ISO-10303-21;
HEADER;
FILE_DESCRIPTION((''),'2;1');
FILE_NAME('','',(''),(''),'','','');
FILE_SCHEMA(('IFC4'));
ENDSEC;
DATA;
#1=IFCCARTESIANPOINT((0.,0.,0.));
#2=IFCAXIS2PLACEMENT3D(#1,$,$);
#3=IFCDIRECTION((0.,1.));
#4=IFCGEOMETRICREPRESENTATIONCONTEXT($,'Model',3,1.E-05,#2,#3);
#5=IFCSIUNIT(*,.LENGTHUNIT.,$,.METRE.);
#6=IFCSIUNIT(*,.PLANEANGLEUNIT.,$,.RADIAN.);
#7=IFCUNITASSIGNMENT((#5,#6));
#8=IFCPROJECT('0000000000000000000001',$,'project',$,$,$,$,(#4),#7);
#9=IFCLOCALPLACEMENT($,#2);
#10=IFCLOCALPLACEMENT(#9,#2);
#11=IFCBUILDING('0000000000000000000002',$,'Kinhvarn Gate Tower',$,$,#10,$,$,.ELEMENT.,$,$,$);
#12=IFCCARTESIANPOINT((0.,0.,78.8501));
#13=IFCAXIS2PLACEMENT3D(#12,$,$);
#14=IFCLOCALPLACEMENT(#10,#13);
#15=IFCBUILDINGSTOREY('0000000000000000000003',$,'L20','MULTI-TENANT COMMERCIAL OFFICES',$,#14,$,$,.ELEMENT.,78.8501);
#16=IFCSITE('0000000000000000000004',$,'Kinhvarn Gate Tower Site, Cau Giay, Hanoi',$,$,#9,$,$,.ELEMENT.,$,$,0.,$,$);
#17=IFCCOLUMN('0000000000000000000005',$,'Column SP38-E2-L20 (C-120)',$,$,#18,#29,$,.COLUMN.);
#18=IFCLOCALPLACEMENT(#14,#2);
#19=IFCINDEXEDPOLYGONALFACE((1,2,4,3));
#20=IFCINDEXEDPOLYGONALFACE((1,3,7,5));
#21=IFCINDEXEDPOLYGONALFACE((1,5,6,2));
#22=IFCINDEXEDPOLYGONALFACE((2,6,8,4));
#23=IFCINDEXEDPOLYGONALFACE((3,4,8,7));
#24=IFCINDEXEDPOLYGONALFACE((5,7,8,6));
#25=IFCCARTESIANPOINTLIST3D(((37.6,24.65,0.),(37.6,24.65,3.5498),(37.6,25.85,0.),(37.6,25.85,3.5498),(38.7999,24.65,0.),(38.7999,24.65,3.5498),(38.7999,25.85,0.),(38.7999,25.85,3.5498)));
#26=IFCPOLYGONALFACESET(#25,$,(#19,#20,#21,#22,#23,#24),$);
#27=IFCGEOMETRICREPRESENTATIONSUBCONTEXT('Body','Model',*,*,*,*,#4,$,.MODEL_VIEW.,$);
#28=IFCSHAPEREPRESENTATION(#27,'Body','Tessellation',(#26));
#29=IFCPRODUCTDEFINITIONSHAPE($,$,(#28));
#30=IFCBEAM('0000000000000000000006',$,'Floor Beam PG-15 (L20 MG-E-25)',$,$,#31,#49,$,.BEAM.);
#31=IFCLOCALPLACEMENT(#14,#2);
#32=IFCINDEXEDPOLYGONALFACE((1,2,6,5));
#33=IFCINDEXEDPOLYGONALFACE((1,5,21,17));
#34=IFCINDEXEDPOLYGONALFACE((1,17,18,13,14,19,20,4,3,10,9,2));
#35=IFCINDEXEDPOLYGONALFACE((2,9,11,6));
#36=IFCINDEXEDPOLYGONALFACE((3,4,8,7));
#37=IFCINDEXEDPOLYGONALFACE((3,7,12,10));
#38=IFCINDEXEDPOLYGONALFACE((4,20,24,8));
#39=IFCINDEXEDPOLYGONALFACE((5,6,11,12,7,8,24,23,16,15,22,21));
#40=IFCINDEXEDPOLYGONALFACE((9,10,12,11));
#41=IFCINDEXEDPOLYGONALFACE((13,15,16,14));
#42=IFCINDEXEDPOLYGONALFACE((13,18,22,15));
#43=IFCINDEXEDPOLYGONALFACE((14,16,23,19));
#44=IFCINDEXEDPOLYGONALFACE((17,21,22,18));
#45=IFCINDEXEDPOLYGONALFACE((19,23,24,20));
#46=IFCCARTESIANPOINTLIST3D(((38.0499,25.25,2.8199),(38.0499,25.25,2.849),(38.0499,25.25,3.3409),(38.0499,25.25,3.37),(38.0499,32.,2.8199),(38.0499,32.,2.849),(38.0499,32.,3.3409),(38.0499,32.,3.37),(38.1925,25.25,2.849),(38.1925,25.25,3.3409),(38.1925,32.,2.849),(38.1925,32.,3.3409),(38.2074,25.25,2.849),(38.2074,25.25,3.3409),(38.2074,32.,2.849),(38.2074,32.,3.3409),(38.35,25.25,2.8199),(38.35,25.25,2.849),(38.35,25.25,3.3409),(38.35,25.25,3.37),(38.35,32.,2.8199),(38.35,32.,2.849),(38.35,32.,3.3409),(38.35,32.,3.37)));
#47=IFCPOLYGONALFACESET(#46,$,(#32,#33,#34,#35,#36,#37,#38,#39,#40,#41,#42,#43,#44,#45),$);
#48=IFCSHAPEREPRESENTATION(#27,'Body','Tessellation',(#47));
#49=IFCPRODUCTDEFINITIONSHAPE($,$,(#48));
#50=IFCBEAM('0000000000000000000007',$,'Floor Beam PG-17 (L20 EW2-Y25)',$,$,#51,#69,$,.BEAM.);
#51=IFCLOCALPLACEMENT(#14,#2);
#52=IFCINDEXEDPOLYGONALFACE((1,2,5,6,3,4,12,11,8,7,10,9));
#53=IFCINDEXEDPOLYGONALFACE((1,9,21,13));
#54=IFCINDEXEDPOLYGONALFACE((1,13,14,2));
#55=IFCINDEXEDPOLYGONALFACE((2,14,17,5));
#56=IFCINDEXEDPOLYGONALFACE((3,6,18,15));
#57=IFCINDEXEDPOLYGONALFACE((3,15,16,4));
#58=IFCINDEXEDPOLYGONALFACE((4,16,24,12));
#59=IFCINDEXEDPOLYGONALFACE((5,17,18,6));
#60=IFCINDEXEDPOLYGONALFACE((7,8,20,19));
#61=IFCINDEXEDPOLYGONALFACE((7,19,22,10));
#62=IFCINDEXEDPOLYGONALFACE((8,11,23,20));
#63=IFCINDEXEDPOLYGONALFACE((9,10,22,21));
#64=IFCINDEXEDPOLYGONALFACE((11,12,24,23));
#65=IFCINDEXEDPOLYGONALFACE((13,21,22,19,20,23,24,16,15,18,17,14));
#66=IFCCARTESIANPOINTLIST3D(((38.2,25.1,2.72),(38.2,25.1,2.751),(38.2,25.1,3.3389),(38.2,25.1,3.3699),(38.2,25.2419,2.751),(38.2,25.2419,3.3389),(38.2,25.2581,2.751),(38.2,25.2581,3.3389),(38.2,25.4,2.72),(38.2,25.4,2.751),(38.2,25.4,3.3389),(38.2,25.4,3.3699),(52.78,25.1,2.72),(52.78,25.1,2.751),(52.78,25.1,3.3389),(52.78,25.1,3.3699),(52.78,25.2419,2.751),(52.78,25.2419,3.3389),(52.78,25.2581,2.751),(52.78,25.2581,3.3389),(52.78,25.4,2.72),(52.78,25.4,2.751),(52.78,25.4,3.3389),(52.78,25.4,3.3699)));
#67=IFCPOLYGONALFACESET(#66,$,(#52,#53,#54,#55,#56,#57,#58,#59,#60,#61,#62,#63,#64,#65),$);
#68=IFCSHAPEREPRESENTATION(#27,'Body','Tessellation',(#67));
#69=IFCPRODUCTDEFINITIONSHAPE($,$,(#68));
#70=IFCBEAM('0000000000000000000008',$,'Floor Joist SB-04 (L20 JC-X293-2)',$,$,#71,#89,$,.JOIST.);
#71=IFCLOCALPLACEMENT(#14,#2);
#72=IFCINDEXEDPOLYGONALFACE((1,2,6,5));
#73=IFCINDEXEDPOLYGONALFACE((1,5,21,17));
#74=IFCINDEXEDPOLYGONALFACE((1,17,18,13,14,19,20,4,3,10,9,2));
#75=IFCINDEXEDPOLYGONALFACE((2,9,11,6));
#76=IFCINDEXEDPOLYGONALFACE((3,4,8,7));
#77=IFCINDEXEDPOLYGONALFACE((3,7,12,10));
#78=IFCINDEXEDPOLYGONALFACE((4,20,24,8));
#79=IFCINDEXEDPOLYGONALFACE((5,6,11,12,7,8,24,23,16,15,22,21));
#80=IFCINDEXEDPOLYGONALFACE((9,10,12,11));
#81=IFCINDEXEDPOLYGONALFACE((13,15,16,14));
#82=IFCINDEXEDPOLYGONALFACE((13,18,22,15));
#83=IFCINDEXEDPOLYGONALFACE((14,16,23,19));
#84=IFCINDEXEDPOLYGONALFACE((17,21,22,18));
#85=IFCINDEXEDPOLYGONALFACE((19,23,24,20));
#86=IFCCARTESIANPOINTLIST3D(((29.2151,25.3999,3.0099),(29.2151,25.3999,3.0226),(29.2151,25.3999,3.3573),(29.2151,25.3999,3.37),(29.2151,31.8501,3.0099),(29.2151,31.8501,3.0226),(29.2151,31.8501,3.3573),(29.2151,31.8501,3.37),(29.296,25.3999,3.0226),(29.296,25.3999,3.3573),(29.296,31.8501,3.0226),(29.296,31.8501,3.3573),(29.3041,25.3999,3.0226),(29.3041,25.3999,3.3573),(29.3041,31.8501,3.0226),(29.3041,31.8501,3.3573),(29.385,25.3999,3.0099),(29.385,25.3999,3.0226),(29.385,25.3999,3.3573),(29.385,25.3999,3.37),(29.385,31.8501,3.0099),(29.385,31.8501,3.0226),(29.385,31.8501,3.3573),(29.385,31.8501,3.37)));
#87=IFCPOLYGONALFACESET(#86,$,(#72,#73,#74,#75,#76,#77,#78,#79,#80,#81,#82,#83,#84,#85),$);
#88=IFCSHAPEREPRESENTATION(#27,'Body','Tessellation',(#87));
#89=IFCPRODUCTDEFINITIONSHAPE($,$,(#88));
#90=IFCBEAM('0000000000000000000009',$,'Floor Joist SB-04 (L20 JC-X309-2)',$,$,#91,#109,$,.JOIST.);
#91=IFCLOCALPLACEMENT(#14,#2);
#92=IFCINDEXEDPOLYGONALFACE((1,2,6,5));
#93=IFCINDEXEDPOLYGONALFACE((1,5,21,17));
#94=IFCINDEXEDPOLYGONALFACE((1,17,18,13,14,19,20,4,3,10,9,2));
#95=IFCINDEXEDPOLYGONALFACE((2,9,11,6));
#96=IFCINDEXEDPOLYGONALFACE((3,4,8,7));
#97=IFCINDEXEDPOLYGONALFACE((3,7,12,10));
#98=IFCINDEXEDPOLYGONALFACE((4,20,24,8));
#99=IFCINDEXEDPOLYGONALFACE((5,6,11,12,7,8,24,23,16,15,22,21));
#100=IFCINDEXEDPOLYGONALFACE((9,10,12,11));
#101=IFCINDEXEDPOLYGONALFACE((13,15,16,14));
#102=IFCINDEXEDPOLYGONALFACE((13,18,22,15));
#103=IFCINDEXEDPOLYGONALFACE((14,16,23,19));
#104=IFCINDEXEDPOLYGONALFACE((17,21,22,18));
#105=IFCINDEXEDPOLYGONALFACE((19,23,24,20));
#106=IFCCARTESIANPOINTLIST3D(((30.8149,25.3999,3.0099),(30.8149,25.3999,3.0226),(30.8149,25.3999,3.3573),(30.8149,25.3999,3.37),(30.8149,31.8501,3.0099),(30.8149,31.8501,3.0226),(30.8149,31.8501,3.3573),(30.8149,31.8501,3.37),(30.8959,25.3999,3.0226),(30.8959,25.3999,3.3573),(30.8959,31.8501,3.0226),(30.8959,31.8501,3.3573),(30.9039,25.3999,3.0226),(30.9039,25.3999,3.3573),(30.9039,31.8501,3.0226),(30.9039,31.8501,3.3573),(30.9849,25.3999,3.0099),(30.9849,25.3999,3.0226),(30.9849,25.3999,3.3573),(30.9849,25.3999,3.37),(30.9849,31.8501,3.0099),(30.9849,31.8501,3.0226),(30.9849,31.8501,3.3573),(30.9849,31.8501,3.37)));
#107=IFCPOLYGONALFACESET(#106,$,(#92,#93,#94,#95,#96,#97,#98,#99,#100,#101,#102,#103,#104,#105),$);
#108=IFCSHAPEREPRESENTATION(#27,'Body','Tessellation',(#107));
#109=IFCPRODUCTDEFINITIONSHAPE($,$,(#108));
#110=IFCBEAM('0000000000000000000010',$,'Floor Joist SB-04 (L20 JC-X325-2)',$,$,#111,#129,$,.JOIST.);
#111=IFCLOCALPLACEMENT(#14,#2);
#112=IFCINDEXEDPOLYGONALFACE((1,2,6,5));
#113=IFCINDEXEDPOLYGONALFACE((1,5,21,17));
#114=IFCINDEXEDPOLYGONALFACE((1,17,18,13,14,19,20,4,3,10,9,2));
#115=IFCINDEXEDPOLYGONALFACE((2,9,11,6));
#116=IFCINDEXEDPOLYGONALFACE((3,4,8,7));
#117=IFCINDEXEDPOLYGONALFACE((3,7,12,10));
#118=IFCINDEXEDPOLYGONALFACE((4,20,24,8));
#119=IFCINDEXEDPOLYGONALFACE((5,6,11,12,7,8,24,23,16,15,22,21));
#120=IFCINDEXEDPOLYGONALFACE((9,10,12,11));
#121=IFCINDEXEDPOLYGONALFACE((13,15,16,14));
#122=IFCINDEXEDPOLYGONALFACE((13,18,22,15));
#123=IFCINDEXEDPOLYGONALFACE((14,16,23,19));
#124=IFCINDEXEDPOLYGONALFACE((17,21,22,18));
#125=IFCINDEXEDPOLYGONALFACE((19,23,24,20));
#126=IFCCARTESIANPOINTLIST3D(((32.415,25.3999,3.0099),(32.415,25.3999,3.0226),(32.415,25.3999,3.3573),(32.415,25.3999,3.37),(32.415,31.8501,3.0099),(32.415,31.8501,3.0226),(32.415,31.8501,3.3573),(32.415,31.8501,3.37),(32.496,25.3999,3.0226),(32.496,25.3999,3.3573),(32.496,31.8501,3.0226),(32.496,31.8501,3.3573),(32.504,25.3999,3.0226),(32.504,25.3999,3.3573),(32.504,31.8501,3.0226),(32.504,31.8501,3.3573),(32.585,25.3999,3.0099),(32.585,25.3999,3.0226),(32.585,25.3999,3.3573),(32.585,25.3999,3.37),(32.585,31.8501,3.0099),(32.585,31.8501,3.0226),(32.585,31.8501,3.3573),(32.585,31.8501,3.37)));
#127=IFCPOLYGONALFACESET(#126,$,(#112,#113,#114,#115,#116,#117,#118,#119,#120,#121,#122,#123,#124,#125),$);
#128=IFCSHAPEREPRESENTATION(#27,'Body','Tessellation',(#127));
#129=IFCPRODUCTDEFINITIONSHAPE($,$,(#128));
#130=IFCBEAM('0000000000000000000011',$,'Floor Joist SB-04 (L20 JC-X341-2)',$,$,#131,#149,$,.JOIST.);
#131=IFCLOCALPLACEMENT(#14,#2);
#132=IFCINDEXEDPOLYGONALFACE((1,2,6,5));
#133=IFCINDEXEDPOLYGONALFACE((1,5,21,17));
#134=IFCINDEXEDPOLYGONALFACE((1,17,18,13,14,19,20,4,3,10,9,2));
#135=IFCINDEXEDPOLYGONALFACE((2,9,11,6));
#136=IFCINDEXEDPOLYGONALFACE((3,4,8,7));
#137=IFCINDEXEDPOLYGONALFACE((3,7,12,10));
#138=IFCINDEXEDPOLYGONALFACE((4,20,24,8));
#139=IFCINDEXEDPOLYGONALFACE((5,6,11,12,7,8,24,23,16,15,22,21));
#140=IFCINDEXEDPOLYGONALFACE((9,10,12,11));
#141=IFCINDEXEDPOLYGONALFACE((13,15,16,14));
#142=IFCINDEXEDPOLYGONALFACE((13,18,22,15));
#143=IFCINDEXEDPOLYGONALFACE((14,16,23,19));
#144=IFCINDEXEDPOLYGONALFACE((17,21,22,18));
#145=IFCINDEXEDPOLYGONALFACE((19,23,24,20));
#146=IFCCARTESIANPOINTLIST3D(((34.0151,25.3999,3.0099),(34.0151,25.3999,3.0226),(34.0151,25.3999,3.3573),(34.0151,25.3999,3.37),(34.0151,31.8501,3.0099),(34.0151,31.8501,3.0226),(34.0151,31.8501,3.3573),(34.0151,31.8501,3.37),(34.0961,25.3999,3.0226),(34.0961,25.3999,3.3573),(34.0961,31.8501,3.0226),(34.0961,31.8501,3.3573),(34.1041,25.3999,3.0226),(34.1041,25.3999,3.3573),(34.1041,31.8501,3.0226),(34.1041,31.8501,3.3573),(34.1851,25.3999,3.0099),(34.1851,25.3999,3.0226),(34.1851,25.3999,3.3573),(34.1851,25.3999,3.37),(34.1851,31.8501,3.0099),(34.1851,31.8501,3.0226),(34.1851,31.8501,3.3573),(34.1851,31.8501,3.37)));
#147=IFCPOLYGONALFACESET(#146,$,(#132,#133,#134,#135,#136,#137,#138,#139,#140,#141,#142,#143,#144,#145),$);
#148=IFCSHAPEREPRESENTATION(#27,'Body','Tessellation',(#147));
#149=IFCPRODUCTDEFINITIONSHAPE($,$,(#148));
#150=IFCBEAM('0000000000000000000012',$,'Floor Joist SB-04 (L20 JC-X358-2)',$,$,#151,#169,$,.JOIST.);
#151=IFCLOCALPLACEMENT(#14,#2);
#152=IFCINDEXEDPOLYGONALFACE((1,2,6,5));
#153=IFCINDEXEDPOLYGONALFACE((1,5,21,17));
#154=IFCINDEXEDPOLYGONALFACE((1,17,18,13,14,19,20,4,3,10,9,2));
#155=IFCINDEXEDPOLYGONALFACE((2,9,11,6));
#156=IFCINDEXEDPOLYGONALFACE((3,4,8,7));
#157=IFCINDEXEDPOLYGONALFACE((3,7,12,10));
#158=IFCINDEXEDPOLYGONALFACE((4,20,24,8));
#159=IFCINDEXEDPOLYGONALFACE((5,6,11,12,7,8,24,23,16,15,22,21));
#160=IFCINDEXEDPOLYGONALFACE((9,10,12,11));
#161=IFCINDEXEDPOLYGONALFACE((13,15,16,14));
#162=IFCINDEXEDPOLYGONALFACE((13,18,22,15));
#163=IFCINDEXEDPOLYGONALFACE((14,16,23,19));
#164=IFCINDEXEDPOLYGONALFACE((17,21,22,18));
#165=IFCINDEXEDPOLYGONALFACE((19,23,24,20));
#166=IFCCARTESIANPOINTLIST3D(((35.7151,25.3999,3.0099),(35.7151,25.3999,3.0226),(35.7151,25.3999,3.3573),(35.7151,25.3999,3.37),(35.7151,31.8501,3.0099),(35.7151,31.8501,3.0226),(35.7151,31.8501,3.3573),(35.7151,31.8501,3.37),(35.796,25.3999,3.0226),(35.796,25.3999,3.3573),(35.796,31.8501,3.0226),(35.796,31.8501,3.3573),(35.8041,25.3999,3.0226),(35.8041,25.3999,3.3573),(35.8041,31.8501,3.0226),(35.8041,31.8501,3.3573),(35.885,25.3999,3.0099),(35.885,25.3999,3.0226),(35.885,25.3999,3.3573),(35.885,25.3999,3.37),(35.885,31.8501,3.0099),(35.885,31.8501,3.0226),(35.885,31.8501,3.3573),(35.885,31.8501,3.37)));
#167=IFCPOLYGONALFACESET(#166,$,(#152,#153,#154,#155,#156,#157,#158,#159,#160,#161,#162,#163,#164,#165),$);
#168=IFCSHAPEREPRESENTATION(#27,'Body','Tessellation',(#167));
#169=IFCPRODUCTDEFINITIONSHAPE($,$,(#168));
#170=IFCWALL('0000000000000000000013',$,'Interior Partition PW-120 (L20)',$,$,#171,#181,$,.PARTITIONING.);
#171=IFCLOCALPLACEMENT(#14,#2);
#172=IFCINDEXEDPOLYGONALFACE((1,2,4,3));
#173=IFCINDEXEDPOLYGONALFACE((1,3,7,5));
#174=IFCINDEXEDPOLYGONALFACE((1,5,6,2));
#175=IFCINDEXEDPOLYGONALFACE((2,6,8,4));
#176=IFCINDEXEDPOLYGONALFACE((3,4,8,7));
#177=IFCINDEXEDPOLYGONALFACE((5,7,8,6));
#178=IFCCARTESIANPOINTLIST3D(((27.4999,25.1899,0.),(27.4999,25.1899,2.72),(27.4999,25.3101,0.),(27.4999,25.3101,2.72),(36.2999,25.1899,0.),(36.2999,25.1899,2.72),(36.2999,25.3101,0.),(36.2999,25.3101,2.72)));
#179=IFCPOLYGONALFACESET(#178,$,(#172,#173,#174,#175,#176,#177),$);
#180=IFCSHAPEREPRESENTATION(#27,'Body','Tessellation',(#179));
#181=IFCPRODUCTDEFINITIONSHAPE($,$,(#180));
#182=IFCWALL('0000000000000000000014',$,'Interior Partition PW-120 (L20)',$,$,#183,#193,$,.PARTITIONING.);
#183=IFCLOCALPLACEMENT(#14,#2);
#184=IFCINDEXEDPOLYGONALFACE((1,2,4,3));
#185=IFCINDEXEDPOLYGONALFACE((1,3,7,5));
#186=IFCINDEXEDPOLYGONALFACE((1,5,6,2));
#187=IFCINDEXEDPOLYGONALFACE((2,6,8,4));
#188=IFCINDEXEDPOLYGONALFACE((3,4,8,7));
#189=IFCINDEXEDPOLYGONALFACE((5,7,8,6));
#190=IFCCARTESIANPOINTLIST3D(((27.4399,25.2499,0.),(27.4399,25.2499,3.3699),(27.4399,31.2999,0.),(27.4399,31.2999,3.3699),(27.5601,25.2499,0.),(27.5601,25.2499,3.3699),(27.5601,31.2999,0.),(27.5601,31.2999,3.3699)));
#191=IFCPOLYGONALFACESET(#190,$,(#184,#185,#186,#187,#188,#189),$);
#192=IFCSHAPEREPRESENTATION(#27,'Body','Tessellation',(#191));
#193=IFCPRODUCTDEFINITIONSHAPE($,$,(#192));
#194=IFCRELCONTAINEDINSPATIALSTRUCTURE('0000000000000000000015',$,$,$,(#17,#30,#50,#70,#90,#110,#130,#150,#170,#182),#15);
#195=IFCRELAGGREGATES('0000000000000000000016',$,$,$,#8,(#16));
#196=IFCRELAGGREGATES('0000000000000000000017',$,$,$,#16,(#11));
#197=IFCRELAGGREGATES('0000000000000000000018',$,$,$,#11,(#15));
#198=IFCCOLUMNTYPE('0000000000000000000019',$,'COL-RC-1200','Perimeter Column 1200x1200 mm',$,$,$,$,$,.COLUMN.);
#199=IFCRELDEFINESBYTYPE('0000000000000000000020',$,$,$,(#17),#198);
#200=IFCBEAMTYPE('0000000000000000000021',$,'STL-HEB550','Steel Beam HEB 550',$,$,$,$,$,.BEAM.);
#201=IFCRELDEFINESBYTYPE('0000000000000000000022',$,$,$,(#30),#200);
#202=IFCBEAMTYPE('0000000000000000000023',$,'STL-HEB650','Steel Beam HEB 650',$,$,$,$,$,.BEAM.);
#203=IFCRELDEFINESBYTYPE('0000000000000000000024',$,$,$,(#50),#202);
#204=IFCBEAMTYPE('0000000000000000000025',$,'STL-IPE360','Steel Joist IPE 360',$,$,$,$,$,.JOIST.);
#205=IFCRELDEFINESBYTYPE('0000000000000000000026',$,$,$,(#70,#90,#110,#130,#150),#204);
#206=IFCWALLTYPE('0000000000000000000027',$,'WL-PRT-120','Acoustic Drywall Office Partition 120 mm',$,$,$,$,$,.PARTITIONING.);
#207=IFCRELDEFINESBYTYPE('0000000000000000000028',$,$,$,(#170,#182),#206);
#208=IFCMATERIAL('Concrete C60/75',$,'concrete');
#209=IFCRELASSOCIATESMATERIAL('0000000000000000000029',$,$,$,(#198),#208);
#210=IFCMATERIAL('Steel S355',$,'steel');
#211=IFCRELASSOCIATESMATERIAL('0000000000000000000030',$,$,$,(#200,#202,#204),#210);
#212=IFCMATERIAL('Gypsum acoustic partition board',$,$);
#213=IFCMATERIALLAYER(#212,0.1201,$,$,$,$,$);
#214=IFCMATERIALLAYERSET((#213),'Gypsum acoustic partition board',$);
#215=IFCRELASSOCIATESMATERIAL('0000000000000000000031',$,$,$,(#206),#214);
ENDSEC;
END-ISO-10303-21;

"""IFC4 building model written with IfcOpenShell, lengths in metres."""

from ifc_helpers import new_model, si_unit, direction, frame, frame_2d, origin, origin_2d, place, context, subcontext, project, spatial, rectangle, i_section, extrude, material, layer, layer_set, material_profile, profile_set, type_object, element, save


model = new_model("IFC4")

# Units and contexts
model_context = context("Model", 3, precision=1e-05, world=origin(), true_north=direction((0.0, 1.0)))
body_context = subcontext(model_context, "Body", "Model", "MODEL_VIEW")
ifc_project = project(units=[si_unit("LENGTHUNIT", "METRE"), si_unit("PLANEANGLEUNIT", "RADIAN")], contexts=[model_context])

# Site, building, storey
site_placement = place(None, origin())
site = spatial("IfcSite", under=ifc_project, at=site_placement, Name="Kinhvarn Gate Tower Site, Cau Giay, Hanoi", CompositionType="ELEMENT", RefElevation=0.0)
building_placement = place(site_placement, origin())
building = spatial("IfcBuilding", under=site, at=building_placement, Name="Kinhvarn Gate Tower", CompositionType="ELEMENT")
storey_placement = place(building_placement, frame((0.0, 0.0, 78.8501)))
storey = spatial("IfcBuildingStorey", under=building, at=storey_placement, Name="L20", Description="MULTI-TENANT COMMERCIAL OFFICES", CompositionType="ELEMENT", Elevation=78.8501)

# Column
ifc_material_1 = material(Name="Concrete C60/75", Category="concrete")
ifc_material_profile_1 = material_profile(ifc_material_1, rectangle(XDim=1.2, YDim=1.2, at=origin_2d()), Name="RC 1200x1200")
ifc_profile_set_1 = profile_set([ifc_material_profile_1], Name="Concrete C60/75")
column_type = type_object("IfcColumnType", Name="COL-RC-1200", Description="Perimeter Column 1200x1200 mm", PredefinedType="COLUMN", material=ifc_profile_set_1)
column_placement = place(storey_placement, frame((38.2, 25.25, 0.0), z_axis=(0.0, 0.0, 1.0), x_axis=(1.0, 0.0, 0.0)))
element("IfcColumn", 1, at=column_placement, inside=storey, type_object=column_type, Name="Column SP38-E2-L20 (C-120)", PredefinedType="COLUMN", context=body_context, shape_type="SweptSolid", body=[
    extrude(rectangle(XDim=1.2, YDim=1.2, at=origin_2d()), origin(), (0.0, 0.0, 1.0), 3.5498),
])

# Beams
ifc_material_2 = material(Name="Steel S355", Category="steel")
ifc_material_profile_2 = material_profile(ifc_material_2, i_section(OverallWidth=0.3, OverallDepth=0.55, WebThickness=0.0149, FlangeThickness=0.0291, at=origin_2d()), Name="HEB 550")
ifc_profile_set_2 = profile_set([ifc_material_profile_2], Name="Steel S355")
beam_type_1 = type_object("IfcBeamType", Name="STL-HEB550", Description="Steel Beam HEB 550", PredefinedType="BEAM", material=ifc_profile_set_2)
beam_1_placement = place(storey_placement, frame((38.2, 25.25, 3.095), z_axis=(0.0, 1.0, 0.0), x_axis=(-1.0, 0.0, 0.0)))
element("IfcBeam", 2, at=beam_1_placement, inside=storey, type_object=beam_type_1, Name="Floor Beam PG-15 (L20 MG-E-25)", PredefinedType="BEAM", context=body_context, shape_type="SweptSolid", body=[
    extrude(i_section(OverallWidth=0.3, OverallDepth=0.55, WebThickness=0.0149, FlangeThickness=0.0291, at=origin_2d()), origin(), (0.0, 0.0, 1.0), 6.75),
])
ifc_material_profile_3 = material_profile(ifc_material_2, i_section(OverallWidth=0.3, OverallDepth=0.6499, WebThickness=0.0161, FlangeThickness=0.031, at=origin_2d()), Name="HEB 650")
ifc_profile_set_3 = profile_set([ifc_material_profile_3], Name="Steel S355")
beam_type_2 = type_object("IfcBeamType", Name="STL-HEB650", Description="Steel Beam HEB 650", PredefinedType="BEAM", material=ifc_profile_set_3)
beam_2_placement = place(storey_placement, frame((38.2, 25.25, 3.0449), z_axis=(1.0, 0.0, 0.0), x_axis=(0.0, 1.0, 0.0)))
element("IfcBeam", 3, at=beam_2_placement, inside=storey, type_object=beam_type_2, Name="Floor Beam PG-17 (L20 EW2-Y25)", PredefinedType="BEAM", context=body_context, shape_type="SweptSolid", body=[
    extrude(i_section(OverallWidth=0.3, OverallDepth=0.6499, WebThickness=0.0161, FlangeThickness=0.031, at=origin_2d()), origin(), (0.0, 0.0, 1.0), 14.5801),
])
ifc_material_profile_4 = material_profile(ifc_material_2, i_section(OverallWidth=0.1699, OverallDepth=0.3601, WebThickness=0.0081, FlangeThickness=0.0127, at=origin_2d()), Name="IPE 360")
ifc_profile_set_4 = profile_set([ifc_material_profile_4], Name="Steel S355")
beam_type_3 = type_object("IfcBeamType", Name="STL-IPE360", Description="Steel Joist IPE 360", PredefinedType="JOIST", material=ifc_profile_set_4)
for number, where, z_axis, x_axis, name in (
    (4, (29.3, 25.3999, 3.1899), (0.0, 1.0, 0.0), (-1.0, 0.0, 0.0), "Floor Joist SB-04 (L20 JC-X293-2)"),
    (5, (30.8999, 25.3999, 3.1899), (0.0, 1.0, 0.0), (-1.0, 0.0, 0.0), "Floor Joist SB-04 (L20 JC-X309-2)"),
    (6, (32.5, 25.3999, 3.1899), (0.0, 1.0, 0.0), (-1.0, 0.0, 0.0), "Floor Joist SB-04 (L20 JC-X325-2)"),
    (7, (34.1001, 25.3999, 3.1899), (0.0, 1.0, 0.0), (-1.0, 0.0, 0.0), "Floor Joist SB-04 (L20 JC-X341-2)"),
    (8, (35.8, 25.3999, 3.1899), (0.0, 1.0, 0.0), (-1.0, 0.0, 0.0), "Floor Joist SB-04 (L20 JC-X358-2)"),
):
    element("IfcBeam", number, at=place(storey_placement, frame(where, z_axis=z_axis, x_axis=x_axis)), inside=storey, type_object=beam_type_3, Name=name, PredefinedType="JOIST", context=body_context, shape_type="SweptSolid", body=[
        extrude(i_section(OverallWidth=0.1699, OverallDepth=0.3601, WebThickness=0.0081, FlangeThickness=0.0127, at=origin_2d()), origin(), (0.0, 0.0, 1.0), 6.4502),
    ])

# Walls
ifc_material_3 = material(Name="Gypsum acoustic partition board")
ifc_layer_1 = layer(ifc_material_3, 0.1201)
ifc_layer_set_1 = layer_set([ifc_layer_1], Name="Gypsum acoustic partition board")
wall_type_1 = type_object("IfcWallType", Name="WL-PRT-120", Description="Acoustic Drywall Office Partition 120 mm", PredefinedType="PARTITIONING", material=ifc_layer_set_1)
wall_1_placement = place(storey_placement, frame((27.5, 25.25, 0.0), z_axis=(0.0, 0.0, 1.0), x_axis=(1.0, 0.0, 0.0)))
element("IfcWall", 9, at=wall_1_placement, inside=storey, type_object=wall_type_1, Name="Interior Partition PW-120 (L20)", PredefinedType="PARTITIONING", context=body_context, shape_type="SweptSolid", body=[
    extrude(rectangle(XDim=8.8, YDim=0.1201, at=frame_2d((4.3999, 0.0))), origin(), (0.0, 0.0, 1.0), 2.72),
])
wall_2_placement = place(storey_placement, frame((27.5, 25.25, 0.0), z_axis=(0.0, 0.0, 1.0), x_axis=(0.0, 1.0, 0.0)))
element("IfcWall", 10, at=wall_2_placement, inside=storey, type_object=wall_type_1, Name="Interior Partition PW-120 (L20)", PredefinedType="PARTITIONING", context=body_context, shape_type="SweptSolid", body=[
    extrude(rectangle(XDim=6.05, YDim=0.1201, at=frame_2d((3.0249, 0.0))), origin(), (0.0, 0.0, 1.0), 3.3699),
])

save(model, "model.ifc")
